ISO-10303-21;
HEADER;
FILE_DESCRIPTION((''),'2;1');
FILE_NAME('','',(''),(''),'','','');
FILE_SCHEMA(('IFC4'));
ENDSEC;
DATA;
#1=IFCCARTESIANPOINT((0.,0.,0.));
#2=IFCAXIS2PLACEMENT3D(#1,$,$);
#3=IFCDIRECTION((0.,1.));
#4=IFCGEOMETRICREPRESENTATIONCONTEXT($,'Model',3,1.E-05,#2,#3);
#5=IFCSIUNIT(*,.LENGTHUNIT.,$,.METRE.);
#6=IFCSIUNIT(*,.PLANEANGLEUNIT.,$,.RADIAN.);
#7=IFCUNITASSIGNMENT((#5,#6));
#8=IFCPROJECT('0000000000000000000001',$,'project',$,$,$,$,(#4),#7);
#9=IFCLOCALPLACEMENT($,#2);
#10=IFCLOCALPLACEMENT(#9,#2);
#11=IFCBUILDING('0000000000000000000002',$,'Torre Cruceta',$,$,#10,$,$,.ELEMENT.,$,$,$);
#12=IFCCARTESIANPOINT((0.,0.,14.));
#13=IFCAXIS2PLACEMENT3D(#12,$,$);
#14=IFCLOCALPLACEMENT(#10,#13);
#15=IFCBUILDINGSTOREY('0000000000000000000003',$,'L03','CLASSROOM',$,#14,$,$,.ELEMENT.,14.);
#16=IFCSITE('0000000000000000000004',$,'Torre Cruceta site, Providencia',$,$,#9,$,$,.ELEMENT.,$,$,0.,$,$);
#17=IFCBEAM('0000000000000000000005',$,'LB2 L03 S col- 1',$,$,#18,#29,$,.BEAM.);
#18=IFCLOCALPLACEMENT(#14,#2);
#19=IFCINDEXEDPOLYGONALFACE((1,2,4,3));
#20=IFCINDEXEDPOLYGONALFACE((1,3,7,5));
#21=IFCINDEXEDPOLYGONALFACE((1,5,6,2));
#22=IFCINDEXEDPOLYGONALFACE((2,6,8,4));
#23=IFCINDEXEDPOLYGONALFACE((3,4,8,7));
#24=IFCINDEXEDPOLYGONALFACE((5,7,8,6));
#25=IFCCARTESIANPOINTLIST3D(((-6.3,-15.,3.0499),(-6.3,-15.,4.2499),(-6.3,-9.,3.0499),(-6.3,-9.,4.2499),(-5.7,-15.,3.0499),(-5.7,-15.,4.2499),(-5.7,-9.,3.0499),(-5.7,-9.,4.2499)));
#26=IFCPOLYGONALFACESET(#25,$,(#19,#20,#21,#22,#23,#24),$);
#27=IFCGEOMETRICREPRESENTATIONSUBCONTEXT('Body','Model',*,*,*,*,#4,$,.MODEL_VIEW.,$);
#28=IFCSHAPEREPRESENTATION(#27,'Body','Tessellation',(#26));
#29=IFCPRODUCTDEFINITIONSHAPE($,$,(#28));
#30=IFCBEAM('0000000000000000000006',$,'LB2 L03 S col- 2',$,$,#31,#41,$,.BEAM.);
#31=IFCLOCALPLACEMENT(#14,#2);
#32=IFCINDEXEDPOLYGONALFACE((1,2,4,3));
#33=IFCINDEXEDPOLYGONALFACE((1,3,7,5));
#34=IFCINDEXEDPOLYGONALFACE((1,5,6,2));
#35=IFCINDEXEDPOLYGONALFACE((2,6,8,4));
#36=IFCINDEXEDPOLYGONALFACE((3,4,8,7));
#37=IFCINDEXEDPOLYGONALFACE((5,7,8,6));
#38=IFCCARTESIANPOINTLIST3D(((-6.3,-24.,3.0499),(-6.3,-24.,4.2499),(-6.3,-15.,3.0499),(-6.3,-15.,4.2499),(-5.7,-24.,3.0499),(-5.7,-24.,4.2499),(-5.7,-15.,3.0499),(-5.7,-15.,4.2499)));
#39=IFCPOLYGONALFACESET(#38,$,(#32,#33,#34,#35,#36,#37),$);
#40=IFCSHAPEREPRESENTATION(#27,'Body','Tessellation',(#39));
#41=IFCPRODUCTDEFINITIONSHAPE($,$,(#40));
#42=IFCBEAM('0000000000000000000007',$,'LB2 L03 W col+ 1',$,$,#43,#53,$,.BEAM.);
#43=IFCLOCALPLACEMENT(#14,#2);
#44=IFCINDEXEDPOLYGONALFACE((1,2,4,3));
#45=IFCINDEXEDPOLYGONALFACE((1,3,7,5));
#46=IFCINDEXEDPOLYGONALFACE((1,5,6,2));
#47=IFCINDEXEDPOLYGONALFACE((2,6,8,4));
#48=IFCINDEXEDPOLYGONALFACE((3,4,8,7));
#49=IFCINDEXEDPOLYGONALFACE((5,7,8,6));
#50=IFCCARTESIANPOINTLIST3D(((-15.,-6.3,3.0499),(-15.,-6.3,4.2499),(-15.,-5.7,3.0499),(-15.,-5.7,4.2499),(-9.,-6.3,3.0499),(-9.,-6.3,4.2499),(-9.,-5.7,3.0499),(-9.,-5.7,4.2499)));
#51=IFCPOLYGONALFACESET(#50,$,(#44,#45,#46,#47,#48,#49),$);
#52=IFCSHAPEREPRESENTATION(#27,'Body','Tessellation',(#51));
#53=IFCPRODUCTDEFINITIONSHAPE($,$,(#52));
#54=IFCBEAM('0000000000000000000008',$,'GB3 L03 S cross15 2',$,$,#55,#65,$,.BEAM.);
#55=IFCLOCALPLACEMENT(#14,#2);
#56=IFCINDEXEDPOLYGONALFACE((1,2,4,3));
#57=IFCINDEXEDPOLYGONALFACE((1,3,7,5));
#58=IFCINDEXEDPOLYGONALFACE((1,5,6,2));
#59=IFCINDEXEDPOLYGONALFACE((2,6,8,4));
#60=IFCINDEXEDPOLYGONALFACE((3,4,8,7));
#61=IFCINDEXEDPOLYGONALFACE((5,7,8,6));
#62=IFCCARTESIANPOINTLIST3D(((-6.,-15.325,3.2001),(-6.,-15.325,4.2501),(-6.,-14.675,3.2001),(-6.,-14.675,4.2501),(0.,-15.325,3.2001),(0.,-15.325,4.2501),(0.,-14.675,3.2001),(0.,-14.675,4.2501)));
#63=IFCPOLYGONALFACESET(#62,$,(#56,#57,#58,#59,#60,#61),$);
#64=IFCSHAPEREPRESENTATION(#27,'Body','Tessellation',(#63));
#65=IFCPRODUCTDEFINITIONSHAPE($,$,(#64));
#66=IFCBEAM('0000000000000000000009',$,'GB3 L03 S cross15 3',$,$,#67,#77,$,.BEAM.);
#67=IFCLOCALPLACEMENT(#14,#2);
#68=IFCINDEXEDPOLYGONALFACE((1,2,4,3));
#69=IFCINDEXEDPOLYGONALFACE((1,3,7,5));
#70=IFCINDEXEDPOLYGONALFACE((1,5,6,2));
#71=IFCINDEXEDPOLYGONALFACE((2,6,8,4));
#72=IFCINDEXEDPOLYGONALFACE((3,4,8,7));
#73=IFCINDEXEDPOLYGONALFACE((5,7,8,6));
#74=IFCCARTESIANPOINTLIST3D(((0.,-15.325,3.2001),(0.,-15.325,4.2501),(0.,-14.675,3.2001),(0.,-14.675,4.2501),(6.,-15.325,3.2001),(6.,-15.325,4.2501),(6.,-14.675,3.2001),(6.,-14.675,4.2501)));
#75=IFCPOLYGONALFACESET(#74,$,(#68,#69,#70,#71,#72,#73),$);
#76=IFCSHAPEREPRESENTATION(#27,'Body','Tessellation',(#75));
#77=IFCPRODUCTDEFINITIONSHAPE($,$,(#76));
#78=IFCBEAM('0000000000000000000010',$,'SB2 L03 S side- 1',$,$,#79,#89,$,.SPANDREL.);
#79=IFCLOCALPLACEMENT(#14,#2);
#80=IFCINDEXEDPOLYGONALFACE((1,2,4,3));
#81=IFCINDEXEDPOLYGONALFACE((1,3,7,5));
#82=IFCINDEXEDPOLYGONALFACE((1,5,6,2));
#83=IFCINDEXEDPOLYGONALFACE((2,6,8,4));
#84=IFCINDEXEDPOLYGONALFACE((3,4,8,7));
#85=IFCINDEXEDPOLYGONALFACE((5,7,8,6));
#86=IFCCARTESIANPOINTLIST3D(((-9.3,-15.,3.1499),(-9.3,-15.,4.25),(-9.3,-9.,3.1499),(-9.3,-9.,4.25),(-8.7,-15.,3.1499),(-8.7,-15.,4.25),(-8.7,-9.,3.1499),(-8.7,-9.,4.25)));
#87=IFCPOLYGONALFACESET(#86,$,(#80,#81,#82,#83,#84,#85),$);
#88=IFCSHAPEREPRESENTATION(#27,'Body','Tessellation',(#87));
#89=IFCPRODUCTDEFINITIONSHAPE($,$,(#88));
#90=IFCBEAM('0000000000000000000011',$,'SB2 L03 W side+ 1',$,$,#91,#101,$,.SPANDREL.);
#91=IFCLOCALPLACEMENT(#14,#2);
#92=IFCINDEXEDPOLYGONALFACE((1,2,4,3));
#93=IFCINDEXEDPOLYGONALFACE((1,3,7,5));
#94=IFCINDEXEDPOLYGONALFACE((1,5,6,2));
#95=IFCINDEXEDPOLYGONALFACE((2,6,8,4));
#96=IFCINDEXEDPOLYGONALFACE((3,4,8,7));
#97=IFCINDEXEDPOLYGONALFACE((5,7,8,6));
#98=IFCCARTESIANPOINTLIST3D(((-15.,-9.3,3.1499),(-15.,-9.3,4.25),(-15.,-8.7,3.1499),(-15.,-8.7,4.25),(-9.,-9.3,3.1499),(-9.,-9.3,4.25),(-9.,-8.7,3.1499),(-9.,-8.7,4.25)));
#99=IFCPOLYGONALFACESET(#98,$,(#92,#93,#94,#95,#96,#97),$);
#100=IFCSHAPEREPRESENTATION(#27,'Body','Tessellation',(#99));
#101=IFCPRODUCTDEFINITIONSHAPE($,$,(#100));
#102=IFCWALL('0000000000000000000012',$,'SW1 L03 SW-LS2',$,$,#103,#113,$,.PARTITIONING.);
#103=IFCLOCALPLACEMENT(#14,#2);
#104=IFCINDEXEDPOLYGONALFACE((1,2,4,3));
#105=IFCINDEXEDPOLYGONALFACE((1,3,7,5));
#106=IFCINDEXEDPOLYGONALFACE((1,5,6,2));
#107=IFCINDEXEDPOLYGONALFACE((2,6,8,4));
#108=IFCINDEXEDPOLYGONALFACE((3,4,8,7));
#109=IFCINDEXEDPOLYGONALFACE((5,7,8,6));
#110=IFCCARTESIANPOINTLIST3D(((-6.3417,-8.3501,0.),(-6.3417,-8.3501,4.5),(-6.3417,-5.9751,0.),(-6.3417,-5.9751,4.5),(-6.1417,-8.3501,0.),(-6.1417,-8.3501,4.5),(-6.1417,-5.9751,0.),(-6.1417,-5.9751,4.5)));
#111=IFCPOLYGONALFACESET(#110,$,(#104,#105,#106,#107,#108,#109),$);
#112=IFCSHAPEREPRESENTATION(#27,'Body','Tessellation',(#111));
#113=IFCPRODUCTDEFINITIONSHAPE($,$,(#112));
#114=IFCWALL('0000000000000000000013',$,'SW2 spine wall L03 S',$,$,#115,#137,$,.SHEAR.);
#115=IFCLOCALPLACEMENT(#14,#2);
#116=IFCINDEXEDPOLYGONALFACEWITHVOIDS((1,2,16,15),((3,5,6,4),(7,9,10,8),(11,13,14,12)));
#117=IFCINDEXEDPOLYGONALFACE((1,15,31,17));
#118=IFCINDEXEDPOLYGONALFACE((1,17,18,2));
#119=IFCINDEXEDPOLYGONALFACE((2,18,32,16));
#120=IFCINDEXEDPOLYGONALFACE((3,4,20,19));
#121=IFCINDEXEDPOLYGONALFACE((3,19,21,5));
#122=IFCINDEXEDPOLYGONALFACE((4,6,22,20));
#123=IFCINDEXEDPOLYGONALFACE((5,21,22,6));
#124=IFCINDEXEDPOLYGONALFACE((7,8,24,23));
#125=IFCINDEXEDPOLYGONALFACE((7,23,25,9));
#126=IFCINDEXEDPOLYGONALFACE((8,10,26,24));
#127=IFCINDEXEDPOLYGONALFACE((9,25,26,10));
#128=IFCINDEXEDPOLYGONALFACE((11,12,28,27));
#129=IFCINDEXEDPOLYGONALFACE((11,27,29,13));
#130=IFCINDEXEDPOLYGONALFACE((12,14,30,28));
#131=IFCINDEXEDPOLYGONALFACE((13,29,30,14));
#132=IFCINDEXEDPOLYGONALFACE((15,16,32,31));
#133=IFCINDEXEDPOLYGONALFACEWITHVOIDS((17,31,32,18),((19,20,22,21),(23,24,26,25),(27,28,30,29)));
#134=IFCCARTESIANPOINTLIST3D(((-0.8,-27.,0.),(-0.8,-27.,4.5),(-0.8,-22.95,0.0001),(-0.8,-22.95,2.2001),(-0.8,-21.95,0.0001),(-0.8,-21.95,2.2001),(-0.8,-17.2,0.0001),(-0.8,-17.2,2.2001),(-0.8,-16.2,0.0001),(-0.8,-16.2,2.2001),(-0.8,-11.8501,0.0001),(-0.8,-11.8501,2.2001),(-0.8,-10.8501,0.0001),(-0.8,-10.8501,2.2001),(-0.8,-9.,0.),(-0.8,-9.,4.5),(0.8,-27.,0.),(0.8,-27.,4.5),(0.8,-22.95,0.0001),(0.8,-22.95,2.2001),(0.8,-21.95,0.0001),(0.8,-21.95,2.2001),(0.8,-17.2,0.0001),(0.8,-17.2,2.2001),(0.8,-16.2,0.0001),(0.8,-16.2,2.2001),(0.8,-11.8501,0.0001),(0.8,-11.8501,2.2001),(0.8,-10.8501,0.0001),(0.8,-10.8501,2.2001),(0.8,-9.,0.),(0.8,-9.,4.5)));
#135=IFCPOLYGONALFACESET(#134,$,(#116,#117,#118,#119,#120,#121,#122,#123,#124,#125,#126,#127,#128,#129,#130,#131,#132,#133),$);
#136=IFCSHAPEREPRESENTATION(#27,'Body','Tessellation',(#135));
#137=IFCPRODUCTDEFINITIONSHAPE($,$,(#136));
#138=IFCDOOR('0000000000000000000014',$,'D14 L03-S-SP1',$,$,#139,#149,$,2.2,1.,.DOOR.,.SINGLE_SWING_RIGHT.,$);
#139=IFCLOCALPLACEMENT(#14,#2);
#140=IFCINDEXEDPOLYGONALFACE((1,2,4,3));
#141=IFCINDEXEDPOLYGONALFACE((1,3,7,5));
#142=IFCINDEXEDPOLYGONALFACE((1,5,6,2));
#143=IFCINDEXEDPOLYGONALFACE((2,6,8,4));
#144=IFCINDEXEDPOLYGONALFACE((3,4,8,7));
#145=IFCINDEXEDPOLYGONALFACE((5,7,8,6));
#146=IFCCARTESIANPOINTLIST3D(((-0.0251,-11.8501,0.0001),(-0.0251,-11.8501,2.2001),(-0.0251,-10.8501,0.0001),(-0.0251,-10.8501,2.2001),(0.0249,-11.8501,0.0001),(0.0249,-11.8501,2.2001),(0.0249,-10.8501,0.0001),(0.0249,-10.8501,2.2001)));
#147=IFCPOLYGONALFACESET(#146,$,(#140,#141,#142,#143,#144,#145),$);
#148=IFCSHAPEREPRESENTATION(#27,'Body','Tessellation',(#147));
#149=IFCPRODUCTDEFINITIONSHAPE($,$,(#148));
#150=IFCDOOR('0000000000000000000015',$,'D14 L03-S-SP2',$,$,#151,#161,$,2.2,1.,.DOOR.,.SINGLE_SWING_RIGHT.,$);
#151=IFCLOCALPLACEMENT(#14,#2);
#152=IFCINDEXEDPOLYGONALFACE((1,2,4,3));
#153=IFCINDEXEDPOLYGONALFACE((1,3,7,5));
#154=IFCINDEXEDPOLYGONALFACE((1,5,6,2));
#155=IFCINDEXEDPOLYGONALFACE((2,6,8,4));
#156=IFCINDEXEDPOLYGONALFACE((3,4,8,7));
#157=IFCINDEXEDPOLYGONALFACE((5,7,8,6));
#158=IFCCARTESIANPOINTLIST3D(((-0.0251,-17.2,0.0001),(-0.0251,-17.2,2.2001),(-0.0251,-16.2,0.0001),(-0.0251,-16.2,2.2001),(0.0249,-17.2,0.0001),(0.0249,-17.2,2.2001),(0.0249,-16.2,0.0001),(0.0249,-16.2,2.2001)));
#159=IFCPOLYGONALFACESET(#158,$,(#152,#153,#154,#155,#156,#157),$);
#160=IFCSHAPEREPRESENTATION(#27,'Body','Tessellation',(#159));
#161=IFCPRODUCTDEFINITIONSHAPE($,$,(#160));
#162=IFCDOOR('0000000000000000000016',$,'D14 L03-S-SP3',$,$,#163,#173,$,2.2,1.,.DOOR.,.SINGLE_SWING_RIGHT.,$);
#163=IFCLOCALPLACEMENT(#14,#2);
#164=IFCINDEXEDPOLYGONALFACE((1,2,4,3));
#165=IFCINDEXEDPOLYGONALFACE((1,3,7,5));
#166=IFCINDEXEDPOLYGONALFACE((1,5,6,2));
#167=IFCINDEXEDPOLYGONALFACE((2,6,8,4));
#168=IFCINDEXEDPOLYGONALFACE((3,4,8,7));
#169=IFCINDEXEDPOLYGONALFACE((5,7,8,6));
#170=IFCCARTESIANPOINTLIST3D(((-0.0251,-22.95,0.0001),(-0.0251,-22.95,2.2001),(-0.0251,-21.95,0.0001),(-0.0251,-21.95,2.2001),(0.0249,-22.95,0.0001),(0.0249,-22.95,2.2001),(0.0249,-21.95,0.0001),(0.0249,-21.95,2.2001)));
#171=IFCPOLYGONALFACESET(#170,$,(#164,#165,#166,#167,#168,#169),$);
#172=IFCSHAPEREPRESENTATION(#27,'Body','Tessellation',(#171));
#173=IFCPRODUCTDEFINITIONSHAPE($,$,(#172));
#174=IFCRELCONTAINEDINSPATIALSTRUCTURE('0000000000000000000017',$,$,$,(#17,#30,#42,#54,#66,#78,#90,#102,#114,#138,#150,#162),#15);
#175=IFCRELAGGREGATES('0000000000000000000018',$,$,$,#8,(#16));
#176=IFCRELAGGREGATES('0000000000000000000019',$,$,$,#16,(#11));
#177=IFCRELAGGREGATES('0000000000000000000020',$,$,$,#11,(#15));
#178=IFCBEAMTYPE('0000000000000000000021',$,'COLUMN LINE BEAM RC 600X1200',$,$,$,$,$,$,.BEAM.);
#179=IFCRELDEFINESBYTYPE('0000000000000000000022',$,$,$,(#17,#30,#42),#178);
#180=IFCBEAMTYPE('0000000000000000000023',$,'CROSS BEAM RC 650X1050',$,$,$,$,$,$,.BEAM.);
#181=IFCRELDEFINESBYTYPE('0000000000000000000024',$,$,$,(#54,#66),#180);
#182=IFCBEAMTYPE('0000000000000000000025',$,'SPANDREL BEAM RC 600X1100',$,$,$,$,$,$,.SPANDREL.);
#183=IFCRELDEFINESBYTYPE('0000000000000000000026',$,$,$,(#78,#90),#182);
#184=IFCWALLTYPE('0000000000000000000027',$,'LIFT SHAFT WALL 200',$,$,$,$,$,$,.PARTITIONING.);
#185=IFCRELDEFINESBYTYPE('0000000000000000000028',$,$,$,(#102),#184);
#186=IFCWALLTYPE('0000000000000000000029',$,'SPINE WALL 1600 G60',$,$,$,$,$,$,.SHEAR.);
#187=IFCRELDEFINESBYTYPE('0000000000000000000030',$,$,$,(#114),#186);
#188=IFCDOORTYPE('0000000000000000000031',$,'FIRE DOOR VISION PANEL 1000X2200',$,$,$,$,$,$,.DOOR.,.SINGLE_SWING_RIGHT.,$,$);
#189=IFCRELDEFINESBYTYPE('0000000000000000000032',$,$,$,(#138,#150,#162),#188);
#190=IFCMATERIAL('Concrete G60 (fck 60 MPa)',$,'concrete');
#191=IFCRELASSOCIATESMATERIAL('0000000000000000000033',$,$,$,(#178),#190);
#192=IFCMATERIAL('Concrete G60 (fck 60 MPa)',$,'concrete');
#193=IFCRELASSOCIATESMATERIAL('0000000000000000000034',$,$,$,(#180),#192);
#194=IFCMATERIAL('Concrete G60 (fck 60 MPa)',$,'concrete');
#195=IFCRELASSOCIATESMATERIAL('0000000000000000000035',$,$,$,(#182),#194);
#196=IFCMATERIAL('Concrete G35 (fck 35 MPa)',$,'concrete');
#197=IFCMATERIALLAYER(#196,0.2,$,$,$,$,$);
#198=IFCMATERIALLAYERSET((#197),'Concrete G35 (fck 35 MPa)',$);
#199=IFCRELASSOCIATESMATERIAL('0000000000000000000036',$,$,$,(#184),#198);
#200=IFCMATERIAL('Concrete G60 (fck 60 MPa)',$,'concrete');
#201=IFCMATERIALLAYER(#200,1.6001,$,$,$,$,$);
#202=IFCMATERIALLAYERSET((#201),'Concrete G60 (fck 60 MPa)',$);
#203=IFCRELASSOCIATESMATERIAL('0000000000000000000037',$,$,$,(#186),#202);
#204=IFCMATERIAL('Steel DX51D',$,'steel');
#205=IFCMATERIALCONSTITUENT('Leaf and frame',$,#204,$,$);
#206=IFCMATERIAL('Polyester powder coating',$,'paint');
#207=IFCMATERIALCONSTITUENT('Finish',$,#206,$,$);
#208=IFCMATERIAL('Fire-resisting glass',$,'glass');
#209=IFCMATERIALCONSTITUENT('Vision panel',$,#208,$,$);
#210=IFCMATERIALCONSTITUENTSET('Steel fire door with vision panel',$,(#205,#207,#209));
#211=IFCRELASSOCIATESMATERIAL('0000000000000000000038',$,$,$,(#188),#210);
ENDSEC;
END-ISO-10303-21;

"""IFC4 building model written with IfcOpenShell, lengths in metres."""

from ifc_helpers import new_model, si_unit, direction, frame, frame_2d, origin, origin_2d, place, context, subcontext, project, spatial, rectangle, extrude, material, layer, layer_set, constituent, constituent_set, material_profile, profile_set, type_object, element, fill, save


model = new_model("IFC4")

# Units and contexts
model_context = context("Model", 3, precision=1e-05, world=origin(), true_north=direction((0.0, 1.0)))
body_context = subcontext(model_context, "Body", "Model", "MODEL_VIEW")
ifc_project = project(units=[si_unit("LENGTHUNIT", "METRE"), si_unit("PLANEANGLEUNIT", "RADIAN")], contexts=[model_context])

# Site, building, storey
site_placement = place(None, origin())
site = spatial("IfcSite", under=ifc_project, at=site_placement, Name="Torre Cruceta site, Providencia", CompositionType="ELEMENT", RefElevation=0.0)
building_placement = place(site_placement, origin())
building = spatial("IfcBuilding", under=site, at=building_placement, Name="Torre Cruceta", CompositionType="ELEMENT")
storey_placement = place(building_placement, frame((0.0, 0.0, 14.0)))
storey = spatial("IfcBuildingStorey", under=building, at=storey_placement, Name="L03", Description="CLASSROOM", CompositionType="ELEMENT", Elevation=14.0)

# Beams
ifc_material_1 = material(Name="Concrete G60 (fck 60 MPa)", Category="concrete")
ifc_material_profile_1 = material_profile(ifc_material_1, rectangle(XDim=0.6001, YDim=1.2, at=origin_2d()), Name="RC 600X1200")
ifc_profile_set_1 = profile_set([ifc_material_profile_1], Name="Concrete G60 (fck 60 MPa)")
beam_type_1 = type_object("IfcBeamType", Name="COLUMN LINE BEAM RC 600X1200", PredefinedType="BEAM", material=ifc_profile_set_1)
beam_1_placement = place(storey_placement, frame((-6.0, -9.0, 3.6499), z_axis=(0.0, -1.0, 0.0), x_axis=(1.0, 0.0, 0.0)))
element("IfcBeam", 1, at=beam_1_placement, inside=storey, type_object=beam_type_1, Name="LB2 L03 S col- 1", PredefinedType="BEAM", context=body_context, shape_type="SweptSolid", body=[
    extrude(rectangle(XDim=0.6001, YDim=1.2, at=origin_2d()), origin(), (0.0, 0.0, 1.0), 6.0),
])
beam_2_placement = place(storey_placement, frame((-6.0, -15.0, 3.6499), z_axis=(0.0, -1.0, 0.0), x_axis=(1.0, 0.0, 0.0)))
element("IfcBeam", 2, at=beam_2_placement, inside=storey, type_object=beam_type_1, Name="LB2 L03 S col- 2", PredefinedType="BEAM", context=body_context, shape_type="SweptSolid", body=[
    extrude(rectangle(XDim=0.6001, YDim=1.2, at=origin_2d()), origin(), (0.0, 0.0, 1.0), 9.0),
])
beam_3_placement = place(storey_placement, frame((-9.0, -6.0, 3.6499), z_axis=(-1.0, 0.0, 0.0), x_axis=(0.0, -1.0, 0.0)))
element("IfcBeam", 3, at=beam_3_placement, inside=storey, type_object=beam_type_1, Name="LB2 L03 W col+ 1", PredefinedType="BEAM", context=body_context, shape_type="SweptSolid", body=[
    extrude(rectangle(XDim=0.6001, YDim=1.2, at=origin_2d()), origin(), (0.0, 0.0, 1.0), 6.0),
])
ifc_material_2 = material(Name="Concrete G60 (fck 60 MPa)", Category="concrete")
ifc_material_profile_2 = material_profile(ifc_material_2, rectangle(XDim=0.6499, YDim=1.05, at=origin_2d()), Name="RC 650X1050")
ifc_profile_set_2 = profile_set([ifc_material_profile_2], Name="Concrete G60 (fck 60 MPa)")
beam_type_2 = type_object("IfcBeamType", Name="CROSS BEAM RC 650X1050", PredefinedType="BEAM", material=ifc_profile_set_2)
for number, where, z_axis, x_axis, name in (
    (4, (-6.0, -15.0, 3.7251), (1.0, 0.0, 0.0), (0.0, 1.0, 0.0), "GB3 L03 S cross15 2"),
    (5, (0.0, -15.0, 3.7251), (1.0, 0.0, 0.0), (0.0, 1.0, 0.0), "GB3 L03 S cross15 3"),
):
    element("IfcBeam", number, at=place(storey_placement, frame(where, z_axis=z_axis, x_axis=x_axis)), inside=storey, type_object=beam_type_2, Name=name, PredefinedType="BEAM", context=body_context, shape_type="SweptSolid", body=[
        extrude(rectangle(XDim=0.6499, YDim=1.05, at=origin_2d()), origin(), (0.0, 0.0, 1.0), 6.0),
    ])
ifc_material_3 = material(Name="Concrete G60 (fck 60 MPa)", Category="concrete")
ifc_material_profile_3 = material_profile(ifc_material_3, rectangle(XDim=0.6001, YDim=1.1001, at=origin_2d()), Name="RC 600X1100")
ifc_profile_set_3 = profile_set([ifc_material_profile_3], Name="Concrete G60 (fck 60 MPa)")
beam_type_3 = type_object("IfcBeamType", Name="SPANDREL BEAM RC 600X1100", PredefinedType="SPANDREL", material=ifc_profile_set_3)
for number, where, z_axis, x_axis, name in (
    (6, (-9.0, -9.0, 3.7), (0.0, -1.0, 0.0), (1.0, 0.0, 0.0), "SB2 L03 S side- 1"),
    (7, (-9.0, -9.0, 3.7), (-1.0, 0.0, 0.0), (0.0, -1.0, 0.0), "SB2 L03 W side+ 1"),
):
    element("IfcBeam", number, at=place(storey_placement, frame(where, z_axis=z_axis, x_axis=x_axis)), inside=storey, type_object=beam_type_3, Name=name, PredefinedType="SPANDREL", context=body_context, shape_type="SweptSolid", body=[
        extrude(rectangle(XDim=0.6001, YDim=1.1001, at=origin_2d()), origin(), (0.0, 0.0, 1.0), 6.0),
    ])

# Wall
ifc_material_4 = material(Name="Concrete G35 (fck 35 MPa)", Category="concrete")
ifc_layer_1 = layer(ifc_material_4, 0.2)
ifc_layer_set_1 = layer_set([ifc_layer_1], Name="Concrete G35 (fck 35 MPa)")
wall_type_1 = type_object("IfcWallType", Name="LIFT SHAFT WALL 200", PredefinedType="PARTITIONING", material=ifc_layer_set_1)
wall_1_placement = place(storey_placement, frame((-6.2417, -5.9751, 0.0), z_axis=(0.0, 0.0, 1.0), x_axis=(0.0, -1.0, 0.0)))
element("IfcWall", 8, at=wall_1_placement, inside=storey, type_object=wall_type_1, Name="SW1 L03 SW-LS2", PredefinedType="PARTITIONING", context=body_context, shape_type="SweptSolid", body=[
    extrude(rectangle(XDim=2.375, YDim=0.2, at=frame_2d((1.1875, 0.0))), origin(), (0.0, 0.0, 1.0), 4.5),
])

# Wall, openings, doors
ifc_material_5 = material(Name="Concrete G60 (fck 60 MPa)", Category="concrete")
ifc_layer_2 = layer(ifc_material_5, 1.6001)
ifc_layer_set_2 = layer_set([ifc_layer_2], Name="Concrete G60 (fck 60 MPa)")
wall_type_2 = type_object("IfcWallType", Name="SPINE WALL 1600 G60", PredefinedType="SHEAR", material=ifc_layer_set_2)
wall_2_placement = place(storey_placement, frame((0.0, -9.0, 0.0), z_axis=(0.0, 0.0, 1.0), x_axis=(0.0, -1.0, 0.0)))
wall_2 = element("IfcWall", 9, at=wall_2_placement, inside=storey, type_object=wall_type_2, Name="SW2 spine wall L03 S", PredefinedType="SHEAR", context=body_context, shape_type="SweptSolid", body=[
    extrude(rectangle(XDim=18.0, YDim=1.6001, at=frame_2d((9.0, 0.0))), origin(), (0.0, 0.0, 1.0), 4.5),
])
opening_1_placement = place(wall_2_placement, frame((1.8501, 0.0, 0.0)))
opening_1 = element("IfcOpeningElement", 10, at=opening_1_placement, cuts=wall_2, PredefinedType="OPENING", context=body_context, shape_type="SweptSolid", body=[
    extrude(rectangle(XDim=1.0, YDim=2.2, at=frame_2d((0.5, 1.1001))), frame((0.0, 0.8101, 0.0), z_axis=(0.0, -1.0, 0.0), x_axis=(1.0, 0.0, 0.0)), (0.0, 0.0, 1.0), 1.6201),
])
opening_2_placement = place(wall_2_placement, frame((7.2, 0.0, 0.0)))
opening_2 = element("IfcOpeningElement", 11, at=opening_2_placement, cuts=wall_2, PredefinedType="OPENING", context=body_context, shape_type="SweptSolid", body=[
    extrude(rectangle(XDim=1.0, YDim=2.2, at=frame_2d((0.5, 1.1001))), frame((0.0, 0.8101, 0.0), z_axis=(0.0, -1.0, 0.0), x_axis=(1.0, 0.0, 0.0)), (0.0, 0.0, 1.0), 1.6201),
])
opening_3_placement = place(wall_2_placement, frame((12.95, 0.0, 0.0)))
opening_3 = element("IfcOpeningElement", 12, at=opening_3_placement, cuts=wall_2, PredefinedType="OPENING", context=body_context, shape_type="SweptSolid", body=[
    extrude(rectangle(XDim=1.0, YDim=2.2, at=frame_2d((0.5, 1.1001))), frame((0.0, 0.8101, 0.0), z_axis=(0.0, -1.0, 0.0), x_axis=(1.0, 0.0, 0.0)), (0.0, 0.0, 1.0), 1.6201),
])
ifc_material_6 = material(Name="Steel DX51D", Category="steel")
ifc_constituent_1 = constituent(ifc_material_6, Name="Leaf and frame")
ifc_material_7 = material(Name="Polyester powder coating", Category="paint")
ifc_constituent_2 = constituent(ifc_material_7, Name="Finish")
ifc_material_8 = material(Name="Fire-resisting glass", Category="glass")
ifc_constituent_3 = constituent(ifc_material_8, Name="Vision panel")
ifc_constituent_set_1 = constituent_set(constituents=[ifc_constituent_1, ifc_constituent_2, ifc_constituent_3], Name="Steel fire door with vision panel")
door_type_1 = type_object("IfcDoorType", Name="FIRE DOOR VISION PANEL 1000X2200", OperationType="SINGLE_SWING_RIGHT", PredefinedType="DOOR", material=ifc_constituent_set_1)
door_1_placement = place(opening_1_placement, frame((1.0, 0.0, 0.0), z_axis=(0.0, 0.0, 1.0), x_axis=(-1.0, 0.0, 0.0)))
door_1 = element("IfcDoor", 13, at=door_1_placement, inside=storey, type_object=door_type_1, Name="D14 L03-S-SP1", OperationType="SINGLE_SWING_RIGHT", OverallHeight=2.2, OverallWidth=1.0, PredefinedType="DOOR", context=body_context, shape_type="SweptSolid", body=[
    extrude(rectangle(XDim=1.0, YDim=2.2, at=frame_2d((0.5, 1.1001))), frame((0.0, 0.0251, 0.0), z_axis=(0.0, -1.0, 0.0), x_axis=(1.0, 0.0, 0.0)), (0.0, 0.0, 1.0), 0.05),
])
fill(opening_1, door_1)
door_2_placement = place(opening_2_placement, frame((1.0, 0.0, 0.0), z_axis=(0.0, 0.0, 1.0), x_axis=(-1.0, 0.0, 0.0)))
door_2 = element("IfcDoor", 14, at=door_2_placement, inside=storey, type_object=door_type_1, Name="D14 L03-S-SP2", OperationType="SINGLE_SWING_RIGHT", OverallHeight=2.2, OverallWidth=1.0, PredefinedType="DOOR", context=body_context, shape_type="SweptSolid", body=[
    extrude(rectangle(XDim=1.0, YDim=2.2, at=frame_2d((0.5, 1.1001))), frame((0.0, 0.0251, 0.0), z_axis=(0.0, -1.0, 0.0), x_axis=(1.0, 0.0, 0.0)), (0.0, 0.0, 1.0), 0.05),
])
fill(opening_2, door_2)
door_3_placement = place(opening_3_placement, origin())
door_3 = element("IfcDoor", 15, at=door_3_placement, inside=storey, type_object=door_type_1, Name="D14 L03-S-SP3", OperationType="SINGLE_SWING_RIGHT", OverallHeight=2.2, OverallWidth=1.0, PredefinedType="DOOR", context=body_context, shape_type="SweptSolid", body=[
    extrude(rectangle(XDim=1.0, YDim=2.2, at=frame_2d((0.5, 1.1001))), frame((0.0, 0.0249, 0.0), z_axis=(0.0, -1.0, 0.0), x_axis=(1.0, 0.0, 0.0)), (0.0, 0.0, 1.0), 0.05),
])
fill(opening_3, door_3)

save(model, "model.ifc")
